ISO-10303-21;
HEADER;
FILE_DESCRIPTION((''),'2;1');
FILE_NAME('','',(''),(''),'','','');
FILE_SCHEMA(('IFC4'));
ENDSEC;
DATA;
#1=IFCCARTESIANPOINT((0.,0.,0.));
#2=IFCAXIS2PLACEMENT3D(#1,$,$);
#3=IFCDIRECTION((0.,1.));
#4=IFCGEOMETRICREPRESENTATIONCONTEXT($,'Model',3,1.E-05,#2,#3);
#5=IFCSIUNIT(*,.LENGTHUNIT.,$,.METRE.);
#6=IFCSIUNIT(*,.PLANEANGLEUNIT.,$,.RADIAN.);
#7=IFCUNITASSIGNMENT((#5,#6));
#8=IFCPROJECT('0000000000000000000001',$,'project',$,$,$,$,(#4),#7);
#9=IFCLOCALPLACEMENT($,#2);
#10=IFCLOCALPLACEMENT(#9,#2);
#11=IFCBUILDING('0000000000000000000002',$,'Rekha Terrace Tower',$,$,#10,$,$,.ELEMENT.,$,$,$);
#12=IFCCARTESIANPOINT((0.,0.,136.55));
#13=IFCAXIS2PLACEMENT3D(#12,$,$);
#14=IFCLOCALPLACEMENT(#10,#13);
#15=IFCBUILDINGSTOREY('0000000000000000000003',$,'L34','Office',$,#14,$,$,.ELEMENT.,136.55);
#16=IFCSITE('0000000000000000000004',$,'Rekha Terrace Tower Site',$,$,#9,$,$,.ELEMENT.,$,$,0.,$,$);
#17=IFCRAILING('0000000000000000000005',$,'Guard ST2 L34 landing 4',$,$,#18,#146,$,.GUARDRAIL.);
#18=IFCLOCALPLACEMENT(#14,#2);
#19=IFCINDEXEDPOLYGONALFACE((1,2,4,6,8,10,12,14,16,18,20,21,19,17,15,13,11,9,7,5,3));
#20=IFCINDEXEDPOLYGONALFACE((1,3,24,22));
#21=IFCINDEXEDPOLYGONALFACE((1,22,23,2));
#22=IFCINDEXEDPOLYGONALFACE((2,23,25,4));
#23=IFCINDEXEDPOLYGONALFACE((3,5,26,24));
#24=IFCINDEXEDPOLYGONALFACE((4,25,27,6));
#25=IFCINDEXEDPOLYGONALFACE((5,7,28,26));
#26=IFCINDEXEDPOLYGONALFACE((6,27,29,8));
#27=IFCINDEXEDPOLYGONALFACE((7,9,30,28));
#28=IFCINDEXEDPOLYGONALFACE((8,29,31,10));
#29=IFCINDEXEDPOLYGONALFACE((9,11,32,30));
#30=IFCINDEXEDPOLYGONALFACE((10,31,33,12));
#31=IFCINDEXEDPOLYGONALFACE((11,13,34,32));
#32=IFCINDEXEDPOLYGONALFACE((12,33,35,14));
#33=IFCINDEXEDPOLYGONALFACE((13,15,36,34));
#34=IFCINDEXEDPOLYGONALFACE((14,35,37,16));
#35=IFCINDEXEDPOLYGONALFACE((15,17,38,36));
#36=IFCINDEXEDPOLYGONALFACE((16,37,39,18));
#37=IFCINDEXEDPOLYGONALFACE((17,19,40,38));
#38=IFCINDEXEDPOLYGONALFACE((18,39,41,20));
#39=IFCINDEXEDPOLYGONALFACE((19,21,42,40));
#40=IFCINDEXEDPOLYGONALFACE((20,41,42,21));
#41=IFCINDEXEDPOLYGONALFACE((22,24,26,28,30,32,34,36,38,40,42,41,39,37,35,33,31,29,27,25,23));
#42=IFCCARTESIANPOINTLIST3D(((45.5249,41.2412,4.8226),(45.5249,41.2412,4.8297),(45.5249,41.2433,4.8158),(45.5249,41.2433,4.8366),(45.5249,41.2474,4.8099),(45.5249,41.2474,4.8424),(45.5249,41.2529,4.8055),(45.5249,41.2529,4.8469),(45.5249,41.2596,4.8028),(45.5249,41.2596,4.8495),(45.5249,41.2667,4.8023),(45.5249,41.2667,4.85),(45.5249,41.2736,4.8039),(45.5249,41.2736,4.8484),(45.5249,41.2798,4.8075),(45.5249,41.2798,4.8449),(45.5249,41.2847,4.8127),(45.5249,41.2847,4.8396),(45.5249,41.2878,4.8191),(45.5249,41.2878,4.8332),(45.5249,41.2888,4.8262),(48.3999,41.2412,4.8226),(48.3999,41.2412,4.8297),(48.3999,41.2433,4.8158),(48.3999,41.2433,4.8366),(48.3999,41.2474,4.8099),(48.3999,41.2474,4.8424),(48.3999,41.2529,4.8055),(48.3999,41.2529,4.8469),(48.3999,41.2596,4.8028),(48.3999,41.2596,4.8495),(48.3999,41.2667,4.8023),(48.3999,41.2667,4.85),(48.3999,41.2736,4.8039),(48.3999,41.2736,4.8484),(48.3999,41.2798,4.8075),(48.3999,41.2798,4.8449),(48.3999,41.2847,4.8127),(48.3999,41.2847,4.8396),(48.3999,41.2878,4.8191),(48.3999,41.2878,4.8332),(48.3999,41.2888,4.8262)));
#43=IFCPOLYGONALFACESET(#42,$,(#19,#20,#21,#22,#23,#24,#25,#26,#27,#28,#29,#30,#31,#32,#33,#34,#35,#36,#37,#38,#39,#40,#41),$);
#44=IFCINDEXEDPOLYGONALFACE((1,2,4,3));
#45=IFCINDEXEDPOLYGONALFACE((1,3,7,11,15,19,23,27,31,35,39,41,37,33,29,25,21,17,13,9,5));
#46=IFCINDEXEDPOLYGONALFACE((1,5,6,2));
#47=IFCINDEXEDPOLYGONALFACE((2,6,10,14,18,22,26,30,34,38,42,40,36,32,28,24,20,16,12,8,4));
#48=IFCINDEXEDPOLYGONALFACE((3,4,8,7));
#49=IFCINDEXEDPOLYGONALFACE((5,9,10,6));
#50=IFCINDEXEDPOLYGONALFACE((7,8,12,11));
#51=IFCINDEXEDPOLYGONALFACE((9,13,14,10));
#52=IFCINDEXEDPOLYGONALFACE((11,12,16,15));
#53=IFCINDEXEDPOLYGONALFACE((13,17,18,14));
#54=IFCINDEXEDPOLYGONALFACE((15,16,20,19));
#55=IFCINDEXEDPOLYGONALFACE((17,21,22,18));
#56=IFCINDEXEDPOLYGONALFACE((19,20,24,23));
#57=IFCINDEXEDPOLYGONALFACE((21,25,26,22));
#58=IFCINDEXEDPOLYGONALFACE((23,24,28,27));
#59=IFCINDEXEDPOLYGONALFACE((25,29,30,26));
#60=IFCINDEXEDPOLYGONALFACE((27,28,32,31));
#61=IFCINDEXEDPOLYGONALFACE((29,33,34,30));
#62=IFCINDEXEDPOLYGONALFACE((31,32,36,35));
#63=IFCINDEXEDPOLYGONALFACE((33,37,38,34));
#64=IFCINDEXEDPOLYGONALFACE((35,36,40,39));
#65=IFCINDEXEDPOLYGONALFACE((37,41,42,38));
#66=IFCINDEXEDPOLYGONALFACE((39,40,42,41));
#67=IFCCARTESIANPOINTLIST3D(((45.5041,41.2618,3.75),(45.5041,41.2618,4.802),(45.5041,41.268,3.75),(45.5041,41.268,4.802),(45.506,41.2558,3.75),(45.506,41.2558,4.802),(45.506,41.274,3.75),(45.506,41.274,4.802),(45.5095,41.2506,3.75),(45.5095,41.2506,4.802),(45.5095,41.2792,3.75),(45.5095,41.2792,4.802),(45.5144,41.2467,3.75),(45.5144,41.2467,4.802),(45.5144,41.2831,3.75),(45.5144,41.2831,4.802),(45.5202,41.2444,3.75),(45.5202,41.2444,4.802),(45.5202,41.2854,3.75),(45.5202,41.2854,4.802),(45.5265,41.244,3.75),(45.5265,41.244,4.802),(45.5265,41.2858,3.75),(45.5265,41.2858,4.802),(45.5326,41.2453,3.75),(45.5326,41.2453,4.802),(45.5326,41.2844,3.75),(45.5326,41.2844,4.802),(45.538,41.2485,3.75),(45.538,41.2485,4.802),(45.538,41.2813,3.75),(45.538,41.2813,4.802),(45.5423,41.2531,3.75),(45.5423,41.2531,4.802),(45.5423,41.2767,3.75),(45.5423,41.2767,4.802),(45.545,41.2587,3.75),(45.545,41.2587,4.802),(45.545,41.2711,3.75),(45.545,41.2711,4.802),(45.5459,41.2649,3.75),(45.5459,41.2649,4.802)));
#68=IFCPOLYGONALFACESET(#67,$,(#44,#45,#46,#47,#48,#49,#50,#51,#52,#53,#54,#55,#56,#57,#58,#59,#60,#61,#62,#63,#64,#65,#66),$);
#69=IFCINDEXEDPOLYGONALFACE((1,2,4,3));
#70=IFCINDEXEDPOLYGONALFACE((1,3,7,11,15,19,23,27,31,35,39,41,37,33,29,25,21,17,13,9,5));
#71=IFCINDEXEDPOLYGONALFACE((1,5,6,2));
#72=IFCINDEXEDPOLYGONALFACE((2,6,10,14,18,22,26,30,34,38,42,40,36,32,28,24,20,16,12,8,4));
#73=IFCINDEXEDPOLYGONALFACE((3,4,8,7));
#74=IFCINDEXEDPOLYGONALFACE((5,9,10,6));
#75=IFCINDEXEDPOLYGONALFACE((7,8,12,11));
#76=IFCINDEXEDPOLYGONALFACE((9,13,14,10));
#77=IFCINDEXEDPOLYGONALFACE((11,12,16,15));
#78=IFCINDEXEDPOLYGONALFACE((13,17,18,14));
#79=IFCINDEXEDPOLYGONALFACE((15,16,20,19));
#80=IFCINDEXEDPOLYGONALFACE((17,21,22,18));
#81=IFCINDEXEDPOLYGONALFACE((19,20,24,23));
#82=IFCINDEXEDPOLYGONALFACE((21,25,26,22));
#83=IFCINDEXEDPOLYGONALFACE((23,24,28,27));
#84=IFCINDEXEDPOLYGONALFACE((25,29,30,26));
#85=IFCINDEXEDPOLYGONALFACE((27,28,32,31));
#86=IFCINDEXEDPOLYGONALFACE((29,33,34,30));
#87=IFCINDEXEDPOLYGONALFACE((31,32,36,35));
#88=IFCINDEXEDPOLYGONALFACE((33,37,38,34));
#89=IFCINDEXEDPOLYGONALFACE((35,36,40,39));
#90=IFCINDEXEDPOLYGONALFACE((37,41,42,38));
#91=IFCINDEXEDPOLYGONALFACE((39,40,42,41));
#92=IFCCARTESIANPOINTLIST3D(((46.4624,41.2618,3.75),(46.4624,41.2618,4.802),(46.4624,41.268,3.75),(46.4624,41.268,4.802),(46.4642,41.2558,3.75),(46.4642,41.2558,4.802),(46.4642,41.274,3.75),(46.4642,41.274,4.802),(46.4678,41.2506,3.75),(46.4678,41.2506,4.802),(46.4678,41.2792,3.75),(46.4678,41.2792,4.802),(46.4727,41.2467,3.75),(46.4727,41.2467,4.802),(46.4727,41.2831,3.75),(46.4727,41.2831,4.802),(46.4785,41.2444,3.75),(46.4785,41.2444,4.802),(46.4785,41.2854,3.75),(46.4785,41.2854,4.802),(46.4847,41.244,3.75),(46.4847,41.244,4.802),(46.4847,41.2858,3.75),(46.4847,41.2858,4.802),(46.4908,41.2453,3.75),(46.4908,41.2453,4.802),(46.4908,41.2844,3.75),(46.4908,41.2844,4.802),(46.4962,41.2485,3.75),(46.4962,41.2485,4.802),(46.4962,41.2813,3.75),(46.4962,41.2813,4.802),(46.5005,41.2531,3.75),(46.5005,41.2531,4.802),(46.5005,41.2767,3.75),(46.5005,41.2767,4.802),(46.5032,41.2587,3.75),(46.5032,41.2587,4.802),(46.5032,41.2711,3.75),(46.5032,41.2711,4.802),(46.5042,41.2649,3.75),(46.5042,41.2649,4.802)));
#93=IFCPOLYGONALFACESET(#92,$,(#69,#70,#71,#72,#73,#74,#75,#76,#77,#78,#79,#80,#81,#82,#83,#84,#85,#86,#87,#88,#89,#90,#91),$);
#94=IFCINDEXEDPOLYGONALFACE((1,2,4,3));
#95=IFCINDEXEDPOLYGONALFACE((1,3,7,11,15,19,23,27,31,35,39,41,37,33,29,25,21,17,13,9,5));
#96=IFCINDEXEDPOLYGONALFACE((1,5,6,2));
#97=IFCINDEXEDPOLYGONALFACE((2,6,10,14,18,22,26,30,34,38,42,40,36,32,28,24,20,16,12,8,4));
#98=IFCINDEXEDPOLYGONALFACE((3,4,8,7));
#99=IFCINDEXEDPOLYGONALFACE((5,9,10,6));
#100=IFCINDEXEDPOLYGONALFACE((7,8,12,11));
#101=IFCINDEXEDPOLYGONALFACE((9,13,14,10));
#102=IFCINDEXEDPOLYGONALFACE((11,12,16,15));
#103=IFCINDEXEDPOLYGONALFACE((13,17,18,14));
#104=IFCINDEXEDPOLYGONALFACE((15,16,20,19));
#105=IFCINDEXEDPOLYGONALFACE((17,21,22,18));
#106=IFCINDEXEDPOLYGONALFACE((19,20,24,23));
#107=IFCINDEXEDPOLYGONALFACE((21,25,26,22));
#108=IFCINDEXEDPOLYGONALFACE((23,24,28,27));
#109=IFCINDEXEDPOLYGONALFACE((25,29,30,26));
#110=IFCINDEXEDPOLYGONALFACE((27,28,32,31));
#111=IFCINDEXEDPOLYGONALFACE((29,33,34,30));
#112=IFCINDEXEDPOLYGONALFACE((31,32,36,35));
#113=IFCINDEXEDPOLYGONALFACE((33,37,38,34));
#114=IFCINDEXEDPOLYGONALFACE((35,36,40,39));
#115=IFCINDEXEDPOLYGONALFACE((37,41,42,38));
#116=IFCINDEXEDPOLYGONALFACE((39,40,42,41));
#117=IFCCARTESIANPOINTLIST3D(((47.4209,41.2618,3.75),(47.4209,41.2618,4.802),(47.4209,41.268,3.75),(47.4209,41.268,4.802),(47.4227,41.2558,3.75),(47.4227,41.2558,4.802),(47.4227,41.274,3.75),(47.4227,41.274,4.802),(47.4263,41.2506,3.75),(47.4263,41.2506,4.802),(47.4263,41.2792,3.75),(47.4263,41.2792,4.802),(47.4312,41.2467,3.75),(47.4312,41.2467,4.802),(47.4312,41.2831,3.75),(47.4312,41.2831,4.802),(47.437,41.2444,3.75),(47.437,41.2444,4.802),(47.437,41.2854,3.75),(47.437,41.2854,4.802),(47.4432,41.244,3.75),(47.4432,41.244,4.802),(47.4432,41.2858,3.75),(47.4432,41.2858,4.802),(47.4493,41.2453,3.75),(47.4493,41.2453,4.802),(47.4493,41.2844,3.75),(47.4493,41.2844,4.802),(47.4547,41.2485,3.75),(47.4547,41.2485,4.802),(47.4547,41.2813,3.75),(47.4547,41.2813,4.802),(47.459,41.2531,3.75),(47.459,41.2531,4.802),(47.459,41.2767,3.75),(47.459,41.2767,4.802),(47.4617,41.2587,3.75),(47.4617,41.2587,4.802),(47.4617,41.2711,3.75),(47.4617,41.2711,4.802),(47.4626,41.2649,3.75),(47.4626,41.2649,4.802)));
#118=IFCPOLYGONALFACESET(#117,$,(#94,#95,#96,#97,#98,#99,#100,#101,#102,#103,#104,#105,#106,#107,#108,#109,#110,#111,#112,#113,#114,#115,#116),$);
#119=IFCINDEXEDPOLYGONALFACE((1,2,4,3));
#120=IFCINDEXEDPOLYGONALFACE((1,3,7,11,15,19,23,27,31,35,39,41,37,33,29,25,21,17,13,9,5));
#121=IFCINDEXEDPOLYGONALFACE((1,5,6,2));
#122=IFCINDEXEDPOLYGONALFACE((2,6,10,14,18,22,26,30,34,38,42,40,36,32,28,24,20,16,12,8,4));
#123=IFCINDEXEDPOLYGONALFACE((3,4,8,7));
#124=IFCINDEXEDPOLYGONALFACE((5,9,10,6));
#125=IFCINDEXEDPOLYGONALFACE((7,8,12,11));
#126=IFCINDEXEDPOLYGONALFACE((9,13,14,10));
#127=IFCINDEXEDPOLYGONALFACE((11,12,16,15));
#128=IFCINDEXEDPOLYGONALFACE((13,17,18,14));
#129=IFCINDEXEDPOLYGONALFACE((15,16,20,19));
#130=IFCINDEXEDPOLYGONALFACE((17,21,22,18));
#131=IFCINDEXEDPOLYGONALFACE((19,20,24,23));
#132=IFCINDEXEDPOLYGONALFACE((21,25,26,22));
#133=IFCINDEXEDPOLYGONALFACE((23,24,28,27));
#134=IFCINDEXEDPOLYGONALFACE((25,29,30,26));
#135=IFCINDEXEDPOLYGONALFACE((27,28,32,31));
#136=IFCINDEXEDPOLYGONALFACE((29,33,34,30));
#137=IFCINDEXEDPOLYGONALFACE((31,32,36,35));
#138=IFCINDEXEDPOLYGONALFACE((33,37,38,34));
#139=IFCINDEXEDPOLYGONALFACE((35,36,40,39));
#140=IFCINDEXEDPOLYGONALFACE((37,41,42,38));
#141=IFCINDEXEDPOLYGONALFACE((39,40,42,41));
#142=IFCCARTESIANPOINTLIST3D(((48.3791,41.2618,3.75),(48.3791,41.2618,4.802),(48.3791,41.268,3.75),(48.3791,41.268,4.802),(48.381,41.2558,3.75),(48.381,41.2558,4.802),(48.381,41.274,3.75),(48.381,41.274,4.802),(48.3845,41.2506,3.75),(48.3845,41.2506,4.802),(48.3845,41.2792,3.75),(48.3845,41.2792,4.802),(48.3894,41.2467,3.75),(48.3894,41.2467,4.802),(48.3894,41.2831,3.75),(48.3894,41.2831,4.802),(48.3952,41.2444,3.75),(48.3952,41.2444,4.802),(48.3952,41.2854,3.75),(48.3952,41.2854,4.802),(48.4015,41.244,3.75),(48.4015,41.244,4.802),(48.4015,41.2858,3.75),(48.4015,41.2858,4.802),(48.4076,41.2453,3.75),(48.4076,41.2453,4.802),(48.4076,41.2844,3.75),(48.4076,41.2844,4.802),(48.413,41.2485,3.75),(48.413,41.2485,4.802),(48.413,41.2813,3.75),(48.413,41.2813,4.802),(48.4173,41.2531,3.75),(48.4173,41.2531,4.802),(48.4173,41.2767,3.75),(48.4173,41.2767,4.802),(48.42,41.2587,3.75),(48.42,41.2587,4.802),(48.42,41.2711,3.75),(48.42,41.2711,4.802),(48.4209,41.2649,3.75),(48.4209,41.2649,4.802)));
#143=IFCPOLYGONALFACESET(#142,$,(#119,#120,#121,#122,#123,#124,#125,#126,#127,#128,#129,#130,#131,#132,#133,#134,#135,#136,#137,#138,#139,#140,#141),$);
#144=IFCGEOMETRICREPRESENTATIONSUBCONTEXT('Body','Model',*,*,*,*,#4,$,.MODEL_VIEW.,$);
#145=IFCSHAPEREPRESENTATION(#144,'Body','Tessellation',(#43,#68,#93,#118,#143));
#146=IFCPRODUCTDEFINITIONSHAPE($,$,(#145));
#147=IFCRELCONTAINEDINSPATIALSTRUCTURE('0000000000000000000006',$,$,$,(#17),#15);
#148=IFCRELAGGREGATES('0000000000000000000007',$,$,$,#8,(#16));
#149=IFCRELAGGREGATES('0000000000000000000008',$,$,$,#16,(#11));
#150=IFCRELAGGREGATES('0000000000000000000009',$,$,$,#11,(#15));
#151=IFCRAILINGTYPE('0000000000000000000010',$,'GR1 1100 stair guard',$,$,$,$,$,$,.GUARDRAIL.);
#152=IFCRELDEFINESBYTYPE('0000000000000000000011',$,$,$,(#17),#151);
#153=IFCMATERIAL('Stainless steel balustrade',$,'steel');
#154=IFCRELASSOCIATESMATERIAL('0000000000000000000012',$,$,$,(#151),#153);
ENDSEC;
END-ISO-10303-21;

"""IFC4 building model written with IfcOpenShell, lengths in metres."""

from ifc_helpers import new_model, si_unit, direction, frame, origin, origin_2d, place, context, subcontext, project, spatial, circle, extrude, material, type_object, element, save


model = new_model("IFC4")

# Units and contexts
model_context = context("Model", 3, precision=1e-05, world=origin(), true_north=direction((0.0, 1.0)))
body_context = subcontext(model_context, "Body", "Model", "MODEL_VIEW")
ifc_project = project(units=[si_unit("LENGTHUNIT", "METRE"), si_unit("PLANEANGLEUNIT", "RADIAN")], contexts=[model_context])

# Site, building, storey
site_placement = place(None, origin())
site = spatial("IfcSite", under=ifc_project, at=site_placement, Name="Rekha Terrace Tower Site", CompositionType="ELEMENT", RefElevation=0.0)
building_placement = place(site_placement, origin())
building = spatial("IfcBuilding", under=site, at=building_placement, Name="Rekha Terrace Tower", CompositionType="ELEMENT")
storey_placement = place(building_placement, frame((0.0, 0.0, 136.55)))
storey = spatial("IfcBuildingStorey", under=building, at=storey_placement, Name="L34", Description="Office", CompositionType="ELEMENT", Elevation=136.55)

# Railing
ifc_material_1 = material(Name="Stainless steel balustrade", Category="steel")
railing_type_1 = type_object("IfcRailingType", Name="GR1 1100 stair guard", PredefinedType="GUARDRAIL", material=ifc_material_1)
railing_1_placement = place(storey_placement, frame((45.5249, 41.2649, 3.75)))
element("IfcRailing", 1, at=railing_1_placement, inside=storey, type_object=railing_type_1, Name="Guard ST2 L34 landing 4", PredefinedType="GUARDRAIL", context=body_context, shape_type="SweptSolid", body=[
    extrude(circle(Radius=0.0239, at=origin_2d()), frame((0.0, 0.0, 1.0762), z_axis=(1.0, 0.0, 0.0), x_axis=(0.0, 1.0, 0.0)), (0.0, 0.0, 1.0), 2.875),
    extrude(circle(Radius=0.021, at=origin_2d()), origin(), (0.0, 0.0, 1.0), 1.052),
    extrude(circle(Radius=0.021, at=origin_2d()), frame((0.9583, 0.0, 0.0)), (0.0, 0.0, 1.0), 1.052),
    extrude(circle(Radius=0.021, at=origin_2d()), frame((1.9167, 0.0, 0.0)), (0.0, 0.0, 1.0), 1.052),
    extrude(circle(Radius=0.021, at=origin_2d()), frame((2.875, 0.0, 0.0)), (0.0, 0.0, 1.0), 1.052),
])

save(model, "model.ifc")
